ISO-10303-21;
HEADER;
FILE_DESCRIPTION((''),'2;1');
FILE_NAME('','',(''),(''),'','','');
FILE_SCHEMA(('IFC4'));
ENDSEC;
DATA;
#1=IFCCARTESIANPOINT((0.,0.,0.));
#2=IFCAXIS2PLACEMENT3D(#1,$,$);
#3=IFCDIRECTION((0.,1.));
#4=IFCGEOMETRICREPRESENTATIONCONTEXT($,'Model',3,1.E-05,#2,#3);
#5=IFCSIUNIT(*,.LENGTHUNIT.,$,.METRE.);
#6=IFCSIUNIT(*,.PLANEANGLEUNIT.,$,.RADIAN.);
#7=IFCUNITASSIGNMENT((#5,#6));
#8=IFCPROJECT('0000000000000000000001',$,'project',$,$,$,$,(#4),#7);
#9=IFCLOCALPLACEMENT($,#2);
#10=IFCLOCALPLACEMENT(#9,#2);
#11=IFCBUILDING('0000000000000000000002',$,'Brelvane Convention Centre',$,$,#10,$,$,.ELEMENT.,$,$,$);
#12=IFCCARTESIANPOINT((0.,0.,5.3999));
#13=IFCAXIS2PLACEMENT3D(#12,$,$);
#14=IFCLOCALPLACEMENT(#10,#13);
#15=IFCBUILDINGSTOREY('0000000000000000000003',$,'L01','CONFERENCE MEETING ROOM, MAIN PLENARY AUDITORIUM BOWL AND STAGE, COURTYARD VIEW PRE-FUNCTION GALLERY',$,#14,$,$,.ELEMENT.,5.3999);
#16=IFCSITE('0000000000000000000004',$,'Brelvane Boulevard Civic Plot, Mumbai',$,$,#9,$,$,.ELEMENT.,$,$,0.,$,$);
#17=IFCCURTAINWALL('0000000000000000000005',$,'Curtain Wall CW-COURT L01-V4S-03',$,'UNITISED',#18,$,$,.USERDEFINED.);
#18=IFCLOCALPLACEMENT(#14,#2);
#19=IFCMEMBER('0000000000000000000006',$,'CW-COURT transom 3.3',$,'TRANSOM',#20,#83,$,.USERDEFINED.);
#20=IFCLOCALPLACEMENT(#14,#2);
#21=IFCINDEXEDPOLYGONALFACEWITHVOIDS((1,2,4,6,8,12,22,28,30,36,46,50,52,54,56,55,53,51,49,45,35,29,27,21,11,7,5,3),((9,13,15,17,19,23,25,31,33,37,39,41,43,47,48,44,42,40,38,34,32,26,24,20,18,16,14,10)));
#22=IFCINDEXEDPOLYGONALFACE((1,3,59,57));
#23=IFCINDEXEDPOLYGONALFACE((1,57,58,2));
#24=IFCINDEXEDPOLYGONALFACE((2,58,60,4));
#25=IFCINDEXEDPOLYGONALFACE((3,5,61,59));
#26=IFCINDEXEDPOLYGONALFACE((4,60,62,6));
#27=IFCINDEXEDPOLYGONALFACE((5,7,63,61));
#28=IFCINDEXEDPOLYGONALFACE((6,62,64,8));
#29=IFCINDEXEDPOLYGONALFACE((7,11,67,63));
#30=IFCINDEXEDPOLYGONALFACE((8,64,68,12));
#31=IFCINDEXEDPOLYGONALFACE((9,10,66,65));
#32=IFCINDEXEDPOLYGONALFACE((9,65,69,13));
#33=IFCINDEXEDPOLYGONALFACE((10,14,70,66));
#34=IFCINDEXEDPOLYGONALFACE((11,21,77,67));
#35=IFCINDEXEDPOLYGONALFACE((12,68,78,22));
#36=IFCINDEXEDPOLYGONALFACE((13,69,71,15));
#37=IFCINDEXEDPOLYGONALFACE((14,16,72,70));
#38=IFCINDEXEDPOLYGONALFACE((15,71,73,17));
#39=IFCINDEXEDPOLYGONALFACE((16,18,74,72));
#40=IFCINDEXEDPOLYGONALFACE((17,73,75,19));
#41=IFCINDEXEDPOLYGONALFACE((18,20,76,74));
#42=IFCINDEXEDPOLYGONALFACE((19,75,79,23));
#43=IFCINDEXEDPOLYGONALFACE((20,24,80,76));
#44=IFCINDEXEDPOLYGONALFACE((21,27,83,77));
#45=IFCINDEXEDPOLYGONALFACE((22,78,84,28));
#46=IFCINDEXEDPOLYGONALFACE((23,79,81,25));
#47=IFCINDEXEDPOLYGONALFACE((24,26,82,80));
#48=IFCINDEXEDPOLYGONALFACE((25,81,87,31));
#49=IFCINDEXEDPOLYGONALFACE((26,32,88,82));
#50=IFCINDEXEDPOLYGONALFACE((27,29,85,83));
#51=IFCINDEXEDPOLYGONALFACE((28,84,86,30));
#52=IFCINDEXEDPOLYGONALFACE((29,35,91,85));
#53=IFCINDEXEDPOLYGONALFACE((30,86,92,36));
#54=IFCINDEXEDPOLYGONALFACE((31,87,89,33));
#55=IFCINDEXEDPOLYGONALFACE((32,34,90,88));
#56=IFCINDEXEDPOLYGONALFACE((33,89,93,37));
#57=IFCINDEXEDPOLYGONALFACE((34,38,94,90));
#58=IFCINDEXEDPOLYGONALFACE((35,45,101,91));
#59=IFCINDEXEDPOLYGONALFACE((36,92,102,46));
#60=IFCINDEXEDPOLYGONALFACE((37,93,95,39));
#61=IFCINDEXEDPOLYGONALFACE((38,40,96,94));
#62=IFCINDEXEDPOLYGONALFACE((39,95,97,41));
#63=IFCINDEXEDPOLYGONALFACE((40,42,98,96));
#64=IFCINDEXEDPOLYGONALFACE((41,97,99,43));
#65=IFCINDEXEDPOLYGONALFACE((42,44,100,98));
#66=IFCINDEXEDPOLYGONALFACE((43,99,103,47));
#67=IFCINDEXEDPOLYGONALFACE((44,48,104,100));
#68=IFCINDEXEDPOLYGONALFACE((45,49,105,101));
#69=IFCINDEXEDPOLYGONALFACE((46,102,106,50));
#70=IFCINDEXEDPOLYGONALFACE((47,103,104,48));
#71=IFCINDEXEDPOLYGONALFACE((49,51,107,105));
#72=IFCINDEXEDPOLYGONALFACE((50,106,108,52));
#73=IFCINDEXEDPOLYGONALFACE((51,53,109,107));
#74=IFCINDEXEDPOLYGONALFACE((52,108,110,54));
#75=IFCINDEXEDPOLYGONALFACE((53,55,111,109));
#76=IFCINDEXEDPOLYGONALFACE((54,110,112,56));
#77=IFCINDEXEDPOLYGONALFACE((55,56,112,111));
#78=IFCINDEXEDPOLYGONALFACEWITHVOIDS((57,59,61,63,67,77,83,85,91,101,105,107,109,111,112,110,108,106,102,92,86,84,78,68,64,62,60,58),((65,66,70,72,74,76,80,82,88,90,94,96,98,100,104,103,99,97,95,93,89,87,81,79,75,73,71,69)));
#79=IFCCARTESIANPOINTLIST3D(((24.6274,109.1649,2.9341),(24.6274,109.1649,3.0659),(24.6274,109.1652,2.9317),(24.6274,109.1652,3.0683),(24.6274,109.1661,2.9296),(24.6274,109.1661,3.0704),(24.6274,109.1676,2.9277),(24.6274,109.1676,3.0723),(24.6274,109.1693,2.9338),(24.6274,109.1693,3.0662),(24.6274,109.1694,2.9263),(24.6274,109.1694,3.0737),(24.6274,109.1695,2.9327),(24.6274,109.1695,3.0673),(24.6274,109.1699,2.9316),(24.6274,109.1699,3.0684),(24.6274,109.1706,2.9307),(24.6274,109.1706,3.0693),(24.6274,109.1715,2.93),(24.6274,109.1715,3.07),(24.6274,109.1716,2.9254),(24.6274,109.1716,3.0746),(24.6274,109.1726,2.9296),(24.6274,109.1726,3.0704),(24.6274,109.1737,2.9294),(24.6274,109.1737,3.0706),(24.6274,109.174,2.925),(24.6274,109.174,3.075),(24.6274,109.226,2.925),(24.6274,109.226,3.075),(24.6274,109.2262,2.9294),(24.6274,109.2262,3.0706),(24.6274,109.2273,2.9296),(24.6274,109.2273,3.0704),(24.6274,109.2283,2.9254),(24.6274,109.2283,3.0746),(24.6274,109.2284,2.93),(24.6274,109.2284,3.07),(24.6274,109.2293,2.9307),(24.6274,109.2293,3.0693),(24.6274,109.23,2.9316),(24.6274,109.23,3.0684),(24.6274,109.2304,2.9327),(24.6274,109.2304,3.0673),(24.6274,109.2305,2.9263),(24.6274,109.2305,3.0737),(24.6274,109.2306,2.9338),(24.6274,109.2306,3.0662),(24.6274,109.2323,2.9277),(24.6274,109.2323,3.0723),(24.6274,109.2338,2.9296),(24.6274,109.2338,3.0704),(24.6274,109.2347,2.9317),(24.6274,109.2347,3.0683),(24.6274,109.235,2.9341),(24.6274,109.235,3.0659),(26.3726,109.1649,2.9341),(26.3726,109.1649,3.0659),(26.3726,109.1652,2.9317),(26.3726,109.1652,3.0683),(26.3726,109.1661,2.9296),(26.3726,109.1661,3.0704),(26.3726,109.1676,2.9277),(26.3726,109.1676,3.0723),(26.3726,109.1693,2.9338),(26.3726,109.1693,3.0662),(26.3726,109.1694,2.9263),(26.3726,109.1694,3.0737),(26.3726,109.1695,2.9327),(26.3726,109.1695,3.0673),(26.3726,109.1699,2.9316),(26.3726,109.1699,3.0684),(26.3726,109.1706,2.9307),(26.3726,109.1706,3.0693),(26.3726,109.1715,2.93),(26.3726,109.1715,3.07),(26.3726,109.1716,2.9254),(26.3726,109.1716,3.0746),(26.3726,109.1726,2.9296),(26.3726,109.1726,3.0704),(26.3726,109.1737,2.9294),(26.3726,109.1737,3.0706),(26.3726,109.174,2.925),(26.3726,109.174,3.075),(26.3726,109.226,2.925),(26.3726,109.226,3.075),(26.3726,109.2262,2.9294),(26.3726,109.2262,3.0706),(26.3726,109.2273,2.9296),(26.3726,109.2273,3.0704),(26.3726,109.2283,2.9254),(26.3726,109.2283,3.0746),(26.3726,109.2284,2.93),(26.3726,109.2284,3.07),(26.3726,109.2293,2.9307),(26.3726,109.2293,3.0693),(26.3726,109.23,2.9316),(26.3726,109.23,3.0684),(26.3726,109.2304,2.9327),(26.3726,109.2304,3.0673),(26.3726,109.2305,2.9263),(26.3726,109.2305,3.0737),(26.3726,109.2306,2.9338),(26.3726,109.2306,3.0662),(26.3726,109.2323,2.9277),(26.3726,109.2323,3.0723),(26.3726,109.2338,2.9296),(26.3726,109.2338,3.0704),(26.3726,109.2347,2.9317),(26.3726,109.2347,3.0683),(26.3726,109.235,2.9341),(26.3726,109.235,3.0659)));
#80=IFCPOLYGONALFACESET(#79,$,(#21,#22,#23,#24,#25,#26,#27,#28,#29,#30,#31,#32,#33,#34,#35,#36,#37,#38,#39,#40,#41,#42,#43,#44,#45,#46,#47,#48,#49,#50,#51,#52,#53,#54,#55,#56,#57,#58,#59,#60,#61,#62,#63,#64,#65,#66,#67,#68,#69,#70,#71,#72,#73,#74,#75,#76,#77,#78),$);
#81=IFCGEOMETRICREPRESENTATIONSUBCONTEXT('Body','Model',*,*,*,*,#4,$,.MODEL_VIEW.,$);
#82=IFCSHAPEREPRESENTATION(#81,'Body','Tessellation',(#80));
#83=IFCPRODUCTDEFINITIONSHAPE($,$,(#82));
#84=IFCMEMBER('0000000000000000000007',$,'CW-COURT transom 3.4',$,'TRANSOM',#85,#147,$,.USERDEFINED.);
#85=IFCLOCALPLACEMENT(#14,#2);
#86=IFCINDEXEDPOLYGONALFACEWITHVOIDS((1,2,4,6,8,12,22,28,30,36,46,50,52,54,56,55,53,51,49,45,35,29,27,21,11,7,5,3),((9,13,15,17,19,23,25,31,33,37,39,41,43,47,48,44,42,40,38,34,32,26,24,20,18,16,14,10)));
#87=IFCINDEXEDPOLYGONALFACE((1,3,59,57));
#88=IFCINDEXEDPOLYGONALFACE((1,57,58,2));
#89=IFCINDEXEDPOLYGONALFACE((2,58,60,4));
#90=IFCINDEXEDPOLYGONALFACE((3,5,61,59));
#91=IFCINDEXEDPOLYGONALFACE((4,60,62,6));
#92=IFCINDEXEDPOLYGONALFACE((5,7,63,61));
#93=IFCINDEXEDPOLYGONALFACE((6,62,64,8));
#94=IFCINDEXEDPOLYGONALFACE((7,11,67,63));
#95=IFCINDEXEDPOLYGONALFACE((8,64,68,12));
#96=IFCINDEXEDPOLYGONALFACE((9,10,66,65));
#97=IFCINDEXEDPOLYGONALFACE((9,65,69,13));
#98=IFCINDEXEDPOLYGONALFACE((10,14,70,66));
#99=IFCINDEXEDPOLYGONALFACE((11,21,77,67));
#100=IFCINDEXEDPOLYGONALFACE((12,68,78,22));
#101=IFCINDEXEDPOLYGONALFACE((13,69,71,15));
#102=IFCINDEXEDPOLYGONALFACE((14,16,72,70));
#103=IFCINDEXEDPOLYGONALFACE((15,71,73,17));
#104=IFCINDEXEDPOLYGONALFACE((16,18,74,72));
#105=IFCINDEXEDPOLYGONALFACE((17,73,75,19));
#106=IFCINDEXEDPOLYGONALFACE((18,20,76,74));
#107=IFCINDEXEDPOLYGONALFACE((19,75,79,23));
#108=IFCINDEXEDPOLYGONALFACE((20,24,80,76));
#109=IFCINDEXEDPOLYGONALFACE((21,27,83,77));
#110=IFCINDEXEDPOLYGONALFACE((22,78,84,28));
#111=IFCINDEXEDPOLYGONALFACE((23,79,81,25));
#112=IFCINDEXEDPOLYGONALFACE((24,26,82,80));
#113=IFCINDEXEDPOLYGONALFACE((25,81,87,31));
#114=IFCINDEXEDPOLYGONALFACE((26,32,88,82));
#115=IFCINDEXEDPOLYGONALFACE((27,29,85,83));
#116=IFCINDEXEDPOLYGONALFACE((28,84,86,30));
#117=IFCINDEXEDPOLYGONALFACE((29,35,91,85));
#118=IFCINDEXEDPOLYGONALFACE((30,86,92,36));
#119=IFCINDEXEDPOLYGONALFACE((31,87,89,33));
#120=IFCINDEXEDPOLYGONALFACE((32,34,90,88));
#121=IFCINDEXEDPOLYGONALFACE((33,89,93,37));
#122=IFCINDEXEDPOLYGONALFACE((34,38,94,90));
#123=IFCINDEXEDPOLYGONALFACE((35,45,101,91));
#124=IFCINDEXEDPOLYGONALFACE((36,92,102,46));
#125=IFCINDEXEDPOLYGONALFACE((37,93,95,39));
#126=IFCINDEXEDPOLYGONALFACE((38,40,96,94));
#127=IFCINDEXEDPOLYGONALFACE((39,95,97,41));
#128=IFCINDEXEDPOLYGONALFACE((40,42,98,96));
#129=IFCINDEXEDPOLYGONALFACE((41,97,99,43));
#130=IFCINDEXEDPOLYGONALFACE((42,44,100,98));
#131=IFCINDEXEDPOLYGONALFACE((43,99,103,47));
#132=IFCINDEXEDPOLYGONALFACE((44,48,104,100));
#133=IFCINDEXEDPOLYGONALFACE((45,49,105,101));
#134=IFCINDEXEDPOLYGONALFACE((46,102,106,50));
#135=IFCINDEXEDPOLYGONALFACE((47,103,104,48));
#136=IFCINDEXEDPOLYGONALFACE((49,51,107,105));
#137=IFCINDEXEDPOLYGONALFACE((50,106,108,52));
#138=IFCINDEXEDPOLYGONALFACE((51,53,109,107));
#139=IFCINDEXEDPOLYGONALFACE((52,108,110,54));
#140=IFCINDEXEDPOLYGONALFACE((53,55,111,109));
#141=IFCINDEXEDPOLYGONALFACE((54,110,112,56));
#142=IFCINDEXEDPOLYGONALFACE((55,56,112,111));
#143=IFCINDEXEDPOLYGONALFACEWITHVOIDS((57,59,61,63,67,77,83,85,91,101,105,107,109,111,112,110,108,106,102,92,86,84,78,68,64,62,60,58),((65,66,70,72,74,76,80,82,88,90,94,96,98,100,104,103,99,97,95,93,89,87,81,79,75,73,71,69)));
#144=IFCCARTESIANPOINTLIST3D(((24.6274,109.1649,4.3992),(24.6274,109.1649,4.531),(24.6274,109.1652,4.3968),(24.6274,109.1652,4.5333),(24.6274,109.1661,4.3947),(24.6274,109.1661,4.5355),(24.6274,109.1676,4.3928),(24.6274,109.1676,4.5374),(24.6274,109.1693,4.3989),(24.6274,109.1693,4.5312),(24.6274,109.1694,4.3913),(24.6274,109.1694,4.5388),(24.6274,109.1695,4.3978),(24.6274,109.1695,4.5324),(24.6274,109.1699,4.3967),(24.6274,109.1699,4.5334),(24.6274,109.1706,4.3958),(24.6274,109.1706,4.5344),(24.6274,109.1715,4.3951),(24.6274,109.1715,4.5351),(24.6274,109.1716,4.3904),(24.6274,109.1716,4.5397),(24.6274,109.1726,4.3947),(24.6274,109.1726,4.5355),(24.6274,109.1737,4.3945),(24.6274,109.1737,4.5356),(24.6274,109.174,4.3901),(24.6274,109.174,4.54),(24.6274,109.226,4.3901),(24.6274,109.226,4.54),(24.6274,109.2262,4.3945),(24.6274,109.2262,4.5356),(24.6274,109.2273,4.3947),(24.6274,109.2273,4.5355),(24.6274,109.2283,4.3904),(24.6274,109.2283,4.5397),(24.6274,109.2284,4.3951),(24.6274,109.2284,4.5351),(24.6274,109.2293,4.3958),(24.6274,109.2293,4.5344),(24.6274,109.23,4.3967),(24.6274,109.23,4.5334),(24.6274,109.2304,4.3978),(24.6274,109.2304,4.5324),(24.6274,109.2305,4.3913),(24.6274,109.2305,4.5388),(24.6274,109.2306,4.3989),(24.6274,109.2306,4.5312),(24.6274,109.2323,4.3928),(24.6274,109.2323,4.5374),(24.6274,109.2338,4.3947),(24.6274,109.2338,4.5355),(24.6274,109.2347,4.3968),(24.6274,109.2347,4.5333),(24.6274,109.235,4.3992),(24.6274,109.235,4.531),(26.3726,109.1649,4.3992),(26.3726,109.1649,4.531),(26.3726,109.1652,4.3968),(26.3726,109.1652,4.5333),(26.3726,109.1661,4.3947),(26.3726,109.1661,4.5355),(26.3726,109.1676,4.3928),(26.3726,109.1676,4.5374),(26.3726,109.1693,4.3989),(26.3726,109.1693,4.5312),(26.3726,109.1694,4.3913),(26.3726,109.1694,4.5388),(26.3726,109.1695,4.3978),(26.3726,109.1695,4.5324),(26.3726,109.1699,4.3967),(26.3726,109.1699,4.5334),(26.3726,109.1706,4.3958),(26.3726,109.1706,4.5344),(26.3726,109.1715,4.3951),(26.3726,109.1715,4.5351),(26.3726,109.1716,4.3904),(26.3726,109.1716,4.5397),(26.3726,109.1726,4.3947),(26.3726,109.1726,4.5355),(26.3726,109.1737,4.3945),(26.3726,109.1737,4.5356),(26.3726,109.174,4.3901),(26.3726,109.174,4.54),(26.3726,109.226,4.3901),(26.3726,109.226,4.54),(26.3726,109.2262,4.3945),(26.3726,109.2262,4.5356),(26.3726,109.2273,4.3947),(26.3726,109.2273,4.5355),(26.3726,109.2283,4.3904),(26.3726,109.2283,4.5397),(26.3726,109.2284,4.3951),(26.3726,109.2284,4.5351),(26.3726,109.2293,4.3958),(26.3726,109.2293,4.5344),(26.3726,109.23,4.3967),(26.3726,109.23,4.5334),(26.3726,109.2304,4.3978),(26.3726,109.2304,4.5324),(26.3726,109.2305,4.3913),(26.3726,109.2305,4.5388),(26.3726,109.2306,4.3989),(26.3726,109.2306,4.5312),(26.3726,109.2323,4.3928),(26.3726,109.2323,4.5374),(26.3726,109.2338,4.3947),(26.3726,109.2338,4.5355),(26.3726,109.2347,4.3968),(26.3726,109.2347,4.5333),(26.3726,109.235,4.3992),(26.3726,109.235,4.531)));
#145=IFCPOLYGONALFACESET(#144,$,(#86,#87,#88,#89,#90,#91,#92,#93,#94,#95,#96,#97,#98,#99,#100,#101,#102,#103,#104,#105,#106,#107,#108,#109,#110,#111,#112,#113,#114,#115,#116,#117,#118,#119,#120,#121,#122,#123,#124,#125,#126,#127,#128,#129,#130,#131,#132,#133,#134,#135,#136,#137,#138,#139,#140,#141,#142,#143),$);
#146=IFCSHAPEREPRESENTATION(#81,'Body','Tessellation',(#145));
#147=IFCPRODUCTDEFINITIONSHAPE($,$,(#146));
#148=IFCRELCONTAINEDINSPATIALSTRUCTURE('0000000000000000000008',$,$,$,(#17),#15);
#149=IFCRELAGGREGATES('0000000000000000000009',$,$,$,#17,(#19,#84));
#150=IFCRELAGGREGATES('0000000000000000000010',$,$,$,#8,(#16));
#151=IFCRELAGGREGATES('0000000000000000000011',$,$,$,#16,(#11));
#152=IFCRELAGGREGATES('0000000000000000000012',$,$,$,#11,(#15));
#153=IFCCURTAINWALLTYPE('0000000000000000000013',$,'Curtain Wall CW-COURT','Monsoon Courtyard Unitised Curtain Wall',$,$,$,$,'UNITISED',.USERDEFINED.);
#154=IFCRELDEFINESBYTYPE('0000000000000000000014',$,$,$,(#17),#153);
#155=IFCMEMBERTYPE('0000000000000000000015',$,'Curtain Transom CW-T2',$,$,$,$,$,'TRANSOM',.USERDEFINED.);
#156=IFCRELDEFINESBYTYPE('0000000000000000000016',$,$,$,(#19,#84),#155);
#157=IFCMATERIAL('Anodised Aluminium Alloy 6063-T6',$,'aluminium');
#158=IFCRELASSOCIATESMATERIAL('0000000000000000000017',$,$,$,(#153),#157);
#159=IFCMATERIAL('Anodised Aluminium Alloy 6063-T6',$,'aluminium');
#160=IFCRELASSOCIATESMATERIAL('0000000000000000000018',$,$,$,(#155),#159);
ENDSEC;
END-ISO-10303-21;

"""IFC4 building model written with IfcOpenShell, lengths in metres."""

from ifc_helpers import new_model, si_unit, direction, frame, origin, origin_2d, place, context, subcontext, project, spatial, hollow_rectangle, extrude, material, material_profile, profile_set, type_object, element, aggregate, save


model = new_model("IFC4")

# Units and contexts
model_context = context("Model", 3, precision=1e-05, world=origin(), true_north=direction((0.0, 1.0)))
body_context = subcontext(model_context, "Body", "Model", "MODEL_VIEW")
ifc_project = project(units=[si_unit("LENGTHUNIT", "METRE"), si_unit("PLANEANGLEUNIT", "RADIAN")], contexts=[model_context])

# Site, building, storey
site_placement = place(None, origin())
site = spatial("IfcSite", under=ifc_project, at=site_placement, Name="Brelvane Boulevard Civic Plot, Mumbai", CompositionType="ELEMENT", RefElevation=0.0)
building_placement = place(site_placement, origin())
building = spatial("IfcBuilding", under=site, at=building_placement, Name="Brelvane Convention Centre", CompositionType="ELEMENT")
storey_placement = place(building_placement, frame((0.0, 0.0, 5.3999)))
storey = spatial("IfcBuildingStorey", under=building, at=storey_placement, Name="L01", Description="CONFERENCE MEETING ROOM, MAIN PLENARY AUDITORIUM BOWL AND STAGE, COURTYARD VIEW PRE-FUNCTION GALLERY", CompositionType="ELEMENT", Elevation=5.3999)

# Curtain wall, members
ifc_material_1 = material(Name="Anodised Aluminium Alloy 6063-T6", Category="aluminium")
curtain_wall_type = type_object("IfcCurtainWallType", Name="Curtain Wall CW-COURT", Description="Monsoon Courtyard Unitised Curtain Wall", ElementType="UNITISED", PredefinedType="USERDEFINED", material=ifc_material_1)
curtain_wall_placement = place(storey_placement, origin())
curtain_wall = element("IfcCurtainWall", 1, at=curtain_wall_placement, inside=storey, type_object=curtain_wall_type, Name="Curtain Wall CW-COURT L01-V4S-03", ObjectType="UNITISED", PredefinedType="USERDEFINED")
ifc_material_2 = material(Name="Anodised Aluminium Alloy 6063-T6", Category="aluminium")
ifc_material_profile_1 = material_profile(ifc_material_2, hollow_rectangle(XDim=0.0701, YDim=0.1499, WallThickness=0.0044, InnerFilletRadius=0.0044, OuterFilletRadius=0.009, at=origin_2d()), Name="ALU-T 150x70x4.5")
ifc_profile_set_1 = profile_set([ifc_material_profile_1], Name="Anodised Aluminium Alloy 6063-T6")
member_type_1 = type_object("IfcMemberType", Name="Curtain Transom CW-T2", ElementType="TRANSOM", PredefinedType="USERDEFINED", material=ifc_profile_set_1)
member_1_placement = place(storey_placement, frame((24.6274, 109.2, 3.0), z_axis=(1.0, 0.0, 0.0), x_axis=(0.0, 1.0, 0.0)))
member_1 = element("IfcMember", 2, at=member_1_placement, type_object=member_type_1, Name="CW-COURT transom 3.3", ObjectType="TRANSOM", PredefinedType="USERDEFINED", context=body_context, shape_type="SweptSolid", body=[
    extrude(hollow_rectangle(XDim=0.0701, YDim=0.1499, WallThickness=0.0044, InnerFilletRadius=0.0044, OuterFilletRadius=0.009, at=origin_2d()), origin(), (0.0, 0.0, 1.0), 1.7451),
])
member_2_placement = place(storey_placement, frame((24.6274, 109.2, 4.4651), z_axis=(1.0, 0.0, 0.0), x_axis=(0.0, 1.0, 0.0)))
member_2 = element("IfcMember", 3, at=member_2_placement, type_object=member_type_1, Name="CW-COURT transom 3.4", ObjectType="TRANSOM", PredefinedType="USERDEFINED", context=body_context, shape_type="SweptSolid", body=[
    extrude(hollow_rectangle(XDim=0.0701, YDim=0.1499, WallThickness=0.0044, InnerFilletRadius=0.0044, OuterFilletRadius=0.009, at=origin_2d()), origin(), (0.0, 0.0, 1.0), 1.7451),
])

aggregate(curtain_wall, [member_1, member_2])

save(model, "model.ifc")
